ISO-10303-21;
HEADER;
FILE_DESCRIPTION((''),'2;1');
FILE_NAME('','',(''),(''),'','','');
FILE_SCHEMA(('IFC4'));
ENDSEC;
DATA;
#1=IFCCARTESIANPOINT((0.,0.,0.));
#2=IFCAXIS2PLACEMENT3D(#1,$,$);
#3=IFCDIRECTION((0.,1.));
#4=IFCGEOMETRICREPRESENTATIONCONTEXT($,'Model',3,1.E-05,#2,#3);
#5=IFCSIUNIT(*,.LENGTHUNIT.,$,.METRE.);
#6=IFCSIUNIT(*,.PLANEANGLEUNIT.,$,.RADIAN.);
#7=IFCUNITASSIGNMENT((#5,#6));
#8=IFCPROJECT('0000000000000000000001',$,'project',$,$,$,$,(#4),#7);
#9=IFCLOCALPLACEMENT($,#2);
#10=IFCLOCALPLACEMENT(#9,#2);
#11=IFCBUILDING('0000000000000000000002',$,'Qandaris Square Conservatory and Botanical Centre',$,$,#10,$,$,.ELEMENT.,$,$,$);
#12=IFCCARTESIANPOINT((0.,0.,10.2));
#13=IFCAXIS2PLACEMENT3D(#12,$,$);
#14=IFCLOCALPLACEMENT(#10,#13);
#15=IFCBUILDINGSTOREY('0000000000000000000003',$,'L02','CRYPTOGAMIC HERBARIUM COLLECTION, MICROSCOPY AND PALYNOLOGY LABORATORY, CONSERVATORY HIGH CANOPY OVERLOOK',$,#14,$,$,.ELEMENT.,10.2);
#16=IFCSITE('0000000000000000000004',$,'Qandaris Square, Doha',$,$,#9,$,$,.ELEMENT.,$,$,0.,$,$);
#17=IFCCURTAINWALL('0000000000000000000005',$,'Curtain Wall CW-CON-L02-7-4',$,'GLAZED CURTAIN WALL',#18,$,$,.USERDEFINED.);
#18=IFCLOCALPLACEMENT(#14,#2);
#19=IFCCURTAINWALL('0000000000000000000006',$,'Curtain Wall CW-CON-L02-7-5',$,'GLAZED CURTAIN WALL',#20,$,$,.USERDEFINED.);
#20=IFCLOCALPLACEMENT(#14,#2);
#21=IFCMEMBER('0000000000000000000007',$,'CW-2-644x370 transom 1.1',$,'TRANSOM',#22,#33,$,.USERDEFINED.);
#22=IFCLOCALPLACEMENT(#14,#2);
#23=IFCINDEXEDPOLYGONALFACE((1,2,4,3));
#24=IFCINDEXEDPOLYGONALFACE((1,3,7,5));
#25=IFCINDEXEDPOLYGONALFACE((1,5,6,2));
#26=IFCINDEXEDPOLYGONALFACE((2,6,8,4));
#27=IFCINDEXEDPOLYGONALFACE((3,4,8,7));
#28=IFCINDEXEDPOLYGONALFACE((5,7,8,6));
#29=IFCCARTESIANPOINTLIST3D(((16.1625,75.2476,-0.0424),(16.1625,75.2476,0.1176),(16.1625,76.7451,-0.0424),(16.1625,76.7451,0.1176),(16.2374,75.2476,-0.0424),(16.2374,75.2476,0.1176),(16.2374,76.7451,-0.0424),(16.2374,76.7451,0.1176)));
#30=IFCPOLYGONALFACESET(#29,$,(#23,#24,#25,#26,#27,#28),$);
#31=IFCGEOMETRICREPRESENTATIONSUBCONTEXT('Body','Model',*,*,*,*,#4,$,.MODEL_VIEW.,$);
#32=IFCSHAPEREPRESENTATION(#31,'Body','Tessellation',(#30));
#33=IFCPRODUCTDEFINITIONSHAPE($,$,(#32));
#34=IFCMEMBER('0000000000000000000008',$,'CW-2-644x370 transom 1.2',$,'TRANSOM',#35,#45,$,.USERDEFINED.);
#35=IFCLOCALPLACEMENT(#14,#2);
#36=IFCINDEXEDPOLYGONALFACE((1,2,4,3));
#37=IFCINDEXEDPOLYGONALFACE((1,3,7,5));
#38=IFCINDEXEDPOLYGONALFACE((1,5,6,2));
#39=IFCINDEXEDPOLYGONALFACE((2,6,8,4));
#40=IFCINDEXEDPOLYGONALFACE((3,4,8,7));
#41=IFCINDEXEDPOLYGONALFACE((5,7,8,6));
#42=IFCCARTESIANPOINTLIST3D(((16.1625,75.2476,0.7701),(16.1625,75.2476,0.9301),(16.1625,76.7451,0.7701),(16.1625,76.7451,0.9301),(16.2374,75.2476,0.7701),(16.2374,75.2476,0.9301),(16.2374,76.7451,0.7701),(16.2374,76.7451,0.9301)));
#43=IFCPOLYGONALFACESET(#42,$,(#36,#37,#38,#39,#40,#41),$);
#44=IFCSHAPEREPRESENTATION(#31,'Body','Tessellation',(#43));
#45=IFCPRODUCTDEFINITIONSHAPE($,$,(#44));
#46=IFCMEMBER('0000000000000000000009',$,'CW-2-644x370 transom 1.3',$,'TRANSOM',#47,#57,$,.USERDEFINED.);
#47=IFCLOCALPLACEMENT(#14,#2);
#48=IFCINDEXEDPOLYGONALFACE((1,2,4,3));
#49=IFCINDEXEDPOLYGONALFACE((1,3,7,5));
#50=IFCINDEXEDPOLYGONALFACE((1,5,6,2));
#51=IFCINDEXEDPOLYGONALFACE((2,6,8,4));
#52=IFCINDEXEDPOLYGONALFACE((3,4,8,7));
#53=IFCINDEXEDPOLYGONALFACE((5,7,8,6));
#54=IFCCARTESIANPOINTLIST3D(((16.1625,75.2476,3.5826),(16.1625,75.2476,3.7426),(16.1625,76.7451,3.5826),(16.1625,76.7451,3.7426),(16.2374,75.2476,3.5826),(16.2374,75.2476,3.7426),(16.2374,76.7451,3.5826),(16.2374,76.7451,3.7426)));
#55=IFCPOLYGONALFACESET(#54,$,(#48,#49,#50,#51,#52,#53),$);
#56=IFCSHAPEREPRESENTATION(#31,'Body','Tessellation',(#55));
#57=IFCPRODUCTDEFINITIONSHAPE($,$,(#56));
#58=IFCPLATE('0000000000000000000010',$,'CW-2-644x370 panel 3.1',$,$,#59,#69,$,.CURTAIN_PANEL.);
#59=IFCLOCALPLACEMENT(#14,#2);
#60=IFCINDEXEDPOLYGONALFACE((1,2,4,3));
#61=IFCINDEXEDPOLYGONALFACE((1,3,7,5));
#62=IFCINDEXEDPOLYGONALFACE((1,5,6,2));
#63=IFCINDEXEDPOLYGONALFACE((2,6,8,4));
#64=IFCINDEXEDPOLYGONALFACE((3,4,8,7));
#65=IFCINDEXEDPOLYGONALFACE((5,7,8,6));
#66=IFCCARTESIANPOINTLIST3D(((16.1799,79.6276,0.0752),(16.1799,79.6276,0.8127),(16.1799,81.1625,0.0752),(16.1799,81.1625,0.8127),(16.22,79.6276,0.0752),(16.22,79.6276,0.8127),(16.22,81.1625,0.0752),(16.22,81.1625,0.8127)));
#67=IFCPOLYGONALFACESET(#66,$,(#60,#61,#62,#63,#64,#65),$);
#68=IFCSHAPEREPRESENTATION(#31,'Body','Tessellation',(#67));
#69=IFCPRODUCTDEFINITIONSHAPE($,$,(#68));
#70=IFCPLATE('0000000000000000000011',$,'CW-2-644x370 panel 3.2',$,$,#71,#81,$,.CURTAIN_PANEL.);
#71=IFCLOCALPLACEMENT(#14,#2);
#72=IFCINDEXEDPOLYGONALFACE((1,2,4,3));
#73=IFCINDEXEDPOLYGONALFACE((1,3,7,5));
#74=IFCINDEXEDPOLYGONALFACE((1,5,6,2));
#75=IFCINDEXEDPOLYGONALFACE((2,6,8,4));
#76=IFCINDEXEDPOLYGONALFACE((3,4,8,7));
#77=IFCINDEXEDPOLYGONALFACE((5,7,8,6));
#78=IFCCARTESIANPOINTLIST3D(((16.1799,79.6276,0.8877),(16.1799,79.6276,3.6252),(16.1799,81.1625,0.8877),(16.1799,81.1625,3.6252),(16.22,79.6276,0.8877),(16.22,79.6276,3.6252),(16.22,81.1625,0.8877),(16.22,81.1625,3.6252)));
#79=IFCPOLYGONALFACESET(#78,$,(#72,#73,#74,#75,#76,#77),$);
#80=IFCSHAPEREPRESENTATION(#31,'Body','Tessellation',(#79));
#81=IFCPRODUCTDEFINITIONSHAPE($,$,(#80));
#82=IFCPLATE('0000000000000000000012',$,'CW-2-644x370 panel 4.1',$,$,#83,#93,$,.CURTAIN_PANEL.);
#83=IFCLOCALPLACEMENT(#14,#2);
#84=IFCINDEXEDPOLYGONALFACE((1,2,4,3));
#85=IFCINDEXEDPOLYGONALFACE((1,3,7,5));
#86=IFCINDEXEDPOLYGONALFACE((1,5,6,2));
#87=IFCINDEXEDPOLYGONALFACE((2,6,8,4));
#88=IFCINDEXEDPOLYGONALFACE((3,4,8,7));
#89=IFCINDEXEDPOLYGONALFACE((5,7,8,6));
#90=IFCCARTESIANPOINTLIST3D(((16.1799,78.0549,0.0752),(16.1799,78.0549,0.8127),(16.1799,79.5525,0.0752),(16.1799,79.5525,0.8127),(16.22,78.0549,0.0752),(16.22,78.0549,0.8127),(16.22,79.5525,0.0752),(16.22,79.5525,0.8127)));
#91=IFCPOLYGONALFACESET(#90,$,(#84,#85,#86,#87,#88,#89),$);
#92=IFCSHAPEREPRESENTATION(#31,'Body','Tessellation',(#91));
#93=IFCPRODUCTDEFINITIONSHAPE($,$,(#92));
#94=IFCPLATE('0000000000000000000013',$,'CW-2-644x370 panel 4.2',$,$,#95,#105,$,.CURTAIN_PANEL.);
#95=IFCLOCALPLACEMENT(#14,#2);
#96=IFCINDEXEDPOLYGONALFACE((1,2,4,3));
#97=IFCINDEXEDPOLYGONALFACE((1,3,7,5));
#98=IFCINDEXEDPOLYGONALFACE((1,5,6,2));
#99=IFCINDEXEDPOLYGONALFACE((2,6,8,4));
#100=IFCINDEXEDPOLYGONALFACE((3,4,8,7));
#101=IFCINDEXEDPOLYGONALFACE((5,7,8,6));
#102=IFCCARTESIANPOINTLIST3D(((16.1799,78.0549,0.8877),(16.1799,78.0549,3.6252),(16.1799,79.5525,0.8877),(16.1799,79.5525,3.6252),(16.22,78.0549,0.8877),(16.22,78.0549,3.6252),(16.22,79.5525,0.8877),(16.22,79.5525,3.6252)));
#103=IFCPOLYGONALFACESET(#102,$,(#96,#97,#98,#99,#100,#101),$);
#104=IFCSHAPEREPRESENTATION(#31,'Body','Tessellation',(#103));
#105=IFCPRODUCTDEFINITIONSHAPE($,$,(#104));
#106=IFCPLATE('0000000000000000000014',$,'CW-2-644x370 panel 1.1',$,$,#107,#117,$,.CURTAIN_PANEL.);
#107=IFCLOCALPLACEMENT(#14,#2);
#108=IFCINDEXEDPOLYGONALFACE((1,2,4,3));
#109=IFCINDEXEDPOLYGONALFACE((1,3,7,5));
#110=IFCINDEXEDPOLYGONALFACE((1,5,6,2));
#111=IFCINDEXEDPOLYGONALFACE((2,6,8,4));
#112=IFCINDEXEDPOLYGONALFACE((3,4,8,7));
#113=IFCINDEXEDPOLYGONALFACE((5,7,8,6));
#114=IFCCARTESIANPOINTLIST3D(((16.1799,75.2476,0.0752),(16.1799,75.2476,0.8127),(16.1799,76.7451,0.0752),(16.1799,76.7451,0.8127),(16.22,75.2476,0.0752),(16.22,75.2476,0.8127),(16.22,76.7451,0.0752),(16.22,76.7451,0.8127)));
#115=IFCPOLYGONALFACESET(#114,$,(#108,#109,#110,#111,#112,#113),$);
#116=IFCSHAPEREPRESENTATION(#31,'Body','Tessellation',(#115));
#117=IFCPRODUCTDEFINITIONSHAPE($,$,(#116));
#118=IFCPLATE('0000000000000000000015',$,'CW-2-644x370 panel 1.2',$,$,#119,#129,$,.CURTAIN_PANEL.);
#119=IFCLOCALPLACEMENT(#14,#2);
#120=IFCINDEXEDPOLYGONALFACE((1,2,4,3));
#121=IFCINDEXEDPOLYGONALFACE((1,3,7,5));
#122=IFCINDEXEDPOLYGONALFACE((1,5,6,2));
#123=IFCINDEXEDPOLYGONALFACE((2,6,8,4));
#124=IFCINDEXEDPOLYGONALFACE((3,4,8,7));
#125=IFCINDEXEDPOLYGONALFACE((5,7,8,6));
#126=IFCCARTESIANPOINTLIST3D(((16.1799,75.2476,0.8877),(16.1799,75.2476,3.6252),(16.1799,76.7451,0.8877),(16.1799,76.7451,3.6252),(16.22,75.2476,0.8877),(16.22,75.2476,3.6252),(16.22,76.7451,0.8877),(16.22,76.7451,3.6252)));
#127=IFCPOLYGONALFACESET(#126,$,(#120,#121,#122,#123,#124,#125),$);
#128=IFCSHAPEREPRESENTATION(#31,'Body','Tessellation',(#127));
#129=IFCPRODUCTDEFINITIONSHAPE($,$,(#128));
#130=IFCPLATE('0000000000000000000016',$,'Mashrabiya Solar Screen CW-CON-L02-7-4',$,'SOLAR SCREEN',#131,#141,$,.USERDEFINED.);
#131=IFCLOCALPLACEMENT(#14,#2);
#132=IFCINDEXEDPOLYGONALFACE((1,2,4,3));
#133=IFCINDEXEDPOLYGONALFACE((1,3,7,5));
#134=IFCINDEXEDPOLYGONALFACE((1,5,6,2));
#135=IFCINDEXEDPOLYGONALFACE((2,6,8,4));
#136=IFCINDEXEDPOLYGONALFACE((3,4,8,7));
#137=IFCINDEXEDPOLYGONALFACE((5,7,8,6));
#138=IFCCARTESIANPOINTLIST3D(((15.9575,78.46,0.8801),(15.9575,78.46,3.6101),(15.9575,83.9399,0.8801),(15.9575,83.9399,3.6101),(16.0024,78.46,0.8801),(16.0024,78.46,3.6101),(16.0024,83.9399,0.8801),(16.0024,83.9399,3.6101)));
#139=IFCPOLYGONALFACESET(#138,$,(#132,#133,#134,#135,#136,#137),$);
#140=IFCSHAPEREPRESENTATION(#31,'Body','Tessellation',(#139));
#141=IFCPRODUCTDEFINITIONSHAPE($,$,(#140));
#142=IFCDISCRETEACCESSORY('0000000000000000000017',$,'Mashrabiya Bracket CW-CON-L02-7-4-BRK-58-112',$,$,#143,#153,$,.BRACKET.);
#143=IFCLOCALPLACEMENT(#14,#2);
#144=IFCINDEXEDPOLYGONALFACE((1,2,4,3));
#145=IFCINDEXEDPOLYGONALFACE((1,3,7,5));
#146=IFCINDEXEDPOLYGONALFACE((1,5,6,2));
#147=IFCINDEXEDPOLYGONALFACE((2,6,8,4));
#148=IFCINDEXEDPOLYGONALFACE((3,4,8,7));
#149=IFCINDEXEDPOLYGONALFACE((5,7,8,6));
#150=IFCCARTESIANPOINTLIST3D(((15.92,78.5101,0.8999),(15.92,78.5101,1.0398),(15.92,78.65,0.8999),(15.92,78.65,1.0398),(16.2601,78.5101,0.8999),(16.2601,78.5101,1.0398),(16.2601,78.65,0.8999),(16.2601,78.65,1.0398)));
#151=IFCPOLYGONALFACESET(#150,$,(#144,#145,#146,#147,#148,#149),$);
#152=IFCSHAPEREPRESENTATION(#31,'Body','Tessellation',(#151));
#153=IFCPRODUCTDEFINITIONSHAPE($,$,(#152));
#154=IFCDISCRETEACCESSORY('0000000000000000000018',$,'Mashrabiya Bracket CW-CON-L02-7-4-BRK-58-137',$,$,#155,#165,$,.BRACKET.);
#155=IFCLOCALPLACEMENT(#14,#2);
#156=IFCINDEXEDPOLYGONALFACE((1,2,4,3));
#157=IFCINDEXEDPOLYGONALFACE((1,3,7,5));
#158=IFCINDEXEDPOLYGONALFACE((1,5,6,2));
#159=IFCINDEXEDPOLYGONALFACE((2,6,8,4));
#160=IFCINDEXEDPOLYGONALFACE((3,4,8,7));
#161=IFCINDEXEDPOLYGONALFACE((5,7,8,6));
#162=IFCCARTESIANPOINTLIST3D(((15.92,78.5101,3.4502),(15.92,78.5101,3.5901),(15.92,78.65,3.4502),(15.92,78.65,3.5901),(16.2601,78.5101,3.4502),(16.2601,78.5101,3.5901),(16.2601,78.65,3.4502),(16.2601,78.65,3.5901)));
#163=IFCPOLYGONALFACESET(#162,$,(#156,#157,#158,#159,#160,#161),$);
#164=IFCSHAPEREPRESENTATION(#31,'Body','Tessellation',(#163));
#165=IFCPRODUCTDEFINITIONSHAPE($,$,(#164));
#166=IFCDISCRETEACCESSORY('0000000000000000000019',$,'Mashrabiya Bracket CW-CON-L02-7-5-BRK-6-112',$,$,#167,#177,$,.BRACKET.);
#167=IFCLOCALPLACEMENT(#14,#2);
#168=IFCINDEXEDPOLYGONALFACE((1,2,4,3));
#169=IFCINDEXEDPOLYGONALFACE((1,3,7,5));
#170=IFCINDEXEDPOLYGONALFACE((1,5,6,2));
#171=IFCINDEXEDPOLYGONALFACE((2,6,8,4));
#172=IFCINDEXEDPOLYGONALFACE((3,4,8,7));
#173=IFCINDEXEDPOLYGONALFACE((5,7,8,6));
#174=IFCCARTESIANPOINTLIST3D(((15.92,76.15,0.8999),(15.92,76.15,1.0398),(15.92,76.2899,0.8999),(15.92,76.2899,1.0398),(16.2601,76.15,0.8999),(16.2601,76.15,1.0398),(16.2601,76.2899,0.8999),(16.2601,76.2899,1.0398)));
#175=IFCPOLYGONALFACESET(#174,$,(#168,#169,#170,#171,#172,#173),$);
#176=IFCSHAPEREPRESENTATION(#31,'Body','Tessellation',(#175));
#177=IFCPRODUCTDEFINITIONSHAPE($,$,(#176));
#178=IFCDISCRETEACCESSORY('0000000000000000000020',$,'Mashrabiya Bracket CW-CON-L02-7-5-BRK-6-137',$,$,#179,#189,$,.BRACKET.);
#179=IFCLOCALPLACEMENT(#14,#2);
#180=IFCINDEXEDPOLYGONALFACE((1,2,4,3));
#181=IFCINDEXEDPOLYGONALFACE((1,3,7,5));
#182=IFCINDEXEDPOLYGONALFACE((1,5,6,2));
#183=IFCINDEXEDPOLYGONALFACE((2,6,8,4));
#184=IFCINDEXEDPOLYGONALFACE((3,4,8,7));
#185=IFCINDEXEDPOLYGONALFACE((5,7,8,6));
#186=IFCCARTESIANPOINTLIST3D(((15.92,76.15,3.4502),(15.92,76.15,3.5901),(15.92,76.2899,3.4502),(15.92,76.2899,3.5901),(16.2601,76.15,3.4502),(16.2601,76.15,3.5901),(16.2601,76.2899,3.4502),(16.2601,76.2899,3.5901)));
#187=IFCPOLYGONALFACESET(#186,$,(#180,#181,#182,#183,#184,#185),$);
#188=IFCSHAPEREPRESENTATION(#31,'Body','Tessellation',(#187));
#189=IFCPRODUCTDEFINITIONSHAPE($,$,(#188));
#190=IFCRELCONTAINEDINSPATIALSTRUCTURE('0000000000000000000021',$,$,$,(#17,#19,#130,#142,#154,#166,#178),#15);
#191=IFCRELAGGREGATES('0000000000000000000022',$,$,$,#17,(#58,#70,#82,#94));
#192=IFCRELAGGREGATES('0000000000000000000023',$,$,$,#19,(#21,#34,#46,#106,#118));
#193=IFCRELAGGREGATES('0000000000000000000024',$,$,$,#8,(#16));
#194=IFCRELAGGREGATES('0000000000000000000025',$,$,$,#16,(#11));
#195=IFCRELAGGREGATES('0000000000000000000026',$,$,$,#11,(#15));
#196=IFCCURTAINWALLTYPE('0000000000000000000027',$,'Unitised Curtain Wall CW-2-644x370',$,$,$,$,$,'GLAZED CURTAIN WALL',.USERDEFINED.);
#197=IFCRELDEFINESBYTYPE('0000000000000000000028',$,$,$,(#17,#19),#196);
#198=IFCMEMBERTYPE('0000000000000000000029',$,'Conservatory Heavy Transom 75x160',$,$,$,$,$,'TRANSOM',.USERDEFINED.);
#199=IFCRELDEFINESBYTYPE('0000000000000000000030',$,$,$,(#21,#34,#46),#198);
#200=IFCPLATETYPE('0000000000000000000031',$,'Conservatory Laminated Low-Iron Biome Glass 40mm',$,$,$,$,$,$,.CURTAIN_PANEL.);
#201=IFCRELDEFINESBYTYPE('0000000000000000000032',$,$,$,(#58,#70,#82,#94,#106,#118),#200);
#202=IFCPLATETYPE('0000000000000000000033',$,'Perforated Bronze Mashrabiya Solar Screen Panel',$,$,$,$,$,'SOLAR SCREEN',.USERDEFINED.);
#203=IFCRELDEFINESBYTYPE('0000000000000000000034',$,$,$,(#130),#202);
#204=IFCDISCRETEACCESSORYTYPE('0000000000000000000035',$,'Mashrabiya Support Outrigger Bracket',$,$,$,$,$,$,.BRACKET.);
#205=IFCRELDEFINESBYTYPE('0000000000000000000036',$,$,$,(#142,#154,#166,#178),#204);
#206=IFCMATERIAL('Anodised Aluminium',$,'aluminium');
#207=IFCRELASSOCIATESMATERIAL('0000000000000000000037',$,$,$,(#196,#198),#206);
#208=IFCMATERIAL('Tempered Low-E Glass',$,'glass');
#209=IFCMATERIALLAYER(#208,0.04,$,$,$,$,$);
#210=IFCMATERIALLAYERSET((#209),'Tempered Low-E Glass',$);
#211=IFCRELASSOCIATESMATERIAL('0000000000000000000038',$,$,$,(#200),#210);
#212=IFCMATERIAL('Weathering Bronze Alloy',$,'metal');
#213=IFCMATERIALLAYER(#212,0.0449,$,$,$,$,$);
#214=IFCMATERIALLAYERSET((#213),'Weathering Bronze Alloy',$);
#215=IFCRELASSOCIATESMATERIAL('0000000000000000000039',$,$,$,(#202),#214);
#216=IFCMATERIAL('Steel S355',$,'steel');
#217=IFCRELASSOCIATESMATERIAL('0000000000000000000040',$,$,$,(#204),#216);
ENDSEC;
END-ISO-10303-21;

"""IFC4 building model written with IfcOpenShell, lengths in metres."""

from ifc_helpers import new_model, si_unit, direction, frame, origin, origin_2d, place, context, subcontext, project, spatial, rectangle, extrude, material, layer, layer_set, material_profile, profile_set, type_object, element, aggregate, save


model = new_model("IFC4")

# Units and contexts
model_context = context("Model", 3, precision=1e-05, world=origin(), true_north=direction((0.0, 1.0)))
body_context = subcontext(model_context, "Body", "Model", "MODEL_VIEW")
ifc_project = project(units=[si_unit("LENGTHUNIT", "METRE"), si_unit("PLANEANGLEUNIT", "RADIAN")], contexts=[model_context])

# Site, building, storey
site_placement = place(None, origin())
site = spatial("IfcSite", under=ifc_project, at=site_placement, Name="Qandaris Square, Doha", CompositionType="ELEMENT", RefElevation=0.0)
building_placement = place(site_placement, origin())
building = spatial("IfcBuilding", under=site, at=building_placement, Name="Qandaris Square Conservatory and Botanical Centre", CompositionType="ELEMENT")
storey_placement = place(building_placement, frame((0.0, 0.0, 10.2)))
storey = spatial("IfcBuildingStorey", under=building, at=storey_placement, Name="L02", Description="CRYPTOGAMIC HERBARIUM COLLECTION, MICROSCOPY AND PALYNOLOGY LABORATORY, CONSERVATORY HIGH CANOPY OVERLOOK", CompositionType="ELEMENT", Elevation=10.2)

# Curtain walls
ifc_material_1 = material(Name="Anodised Aluminium", Category="aluminium")
curtain_wall_type = type_object("IfcCurtainWallType", Name="Unitised Curtain Wall CW-2-644x370", ElementType="GLAZED CURTAIN WALL", PredefinedType="USERDEFINED", material=ifc_material_1)
curtain_wall_1_placement = place(storey_placement, origin())
curtain_wall_1 = element("IfcCurtainWall", 1, at=curtain_wall_1_placement, inside=storey, type_object=curtain_wall_type, Name="Curtain Wall CW-CON-L02-7-4", ObjectType="GLAZED CURTAIN WALL", PredefinedType="USERDEFINED")
curtain_wall_2_placement = place(storey_placement, origin())
curtain_wall_2 = element("IfcCurtainWall", 2, at=curtain_wall_2_placement, inside=storey, type_object=curtain_wall_type, Name="Curtain Wall CW-CON-L02-7-5", ObjectType="GLAZED CURTAIN WALL", PredefinedType="USERDEFINED")

# Members
ifc_material_profile_1 = material_profile(ifc_material_1, rectangle(XDim=0.075, YDim=0.1599, at=origin_2d()), Name="ALU-TRN 75x160")
ifc_profile_set_1 = profile_set([ifc_material_profile_1], Name="Anodised Aluminium")
member_type_1 = type_object("IfcMemberType", Name="Conservatory Heavy Transom 75x160", ElementType="TRANSOM", PredefinedType="USERDEFINED", material=ifc_profile_set_1)
member_1_placement = place(storey_placement, frame((16.2, 76.7451, 0.0376), z_axis=(0.0, -1.0, 0.0), x_axis=(1.0, 0.0, 0.0)))
member_1 = element("IfcMember", 3, at=member_1_placement, type_object=member_type_1, Name="CW-2-644x370 transom 1.1", ObjectType="TRANSOM", PredefinedType="USERDEFINED", context=body_context, shape_type="SweptSolid", body=[
    extrude(rectangle(XDim=0.075, YDim=0.1599, at=origin_2d()), origin(), (0.0, 0.0, 1.0), 1.4976),
])
member_2_placement = place(storey_placement, frame((16.2, 76.7451, 0.8501), z_axis=(0.0, -1.0, 0.0), x_axis=(1.0, 0.0, 0.0)))
member_2 = element("IfcMember", 4, at=member_2_placement, type_object=member_type_1, Name="CW-2-644x370 transom 1.2", ObjectType="TRANSOM", PredefinedType="USERDEFINED", context=body_context, shape_type="SweptSolid", body=[
    extrude(rectangle(XDim=0.075, YDim=0.1599, at=origin_2d()), origin(), (0.0, 0.0, 1.0), 1.4976),
])
member_3_placement = place(storey_placement, frame((16.2, 76.7451, 3.6626), z_axis=(0.0, -1.0, 0.0), x_axis=(1.0, 0.0, 0.0)))
member_3 = element("IfcMember", 5, at=member_3_placement, type_object=member_type_1, Name="CW-2-644x370 transom 1.3", ObjectType="TRANSOM", PredefinedType="USERDEFINED", context=body_context, shape_type="SweptSolid", body=[
    extrude(rectangle(XDim=0.075, YDim=0.1599, at=origin_2d()), origin(), (0.0, 0.0, 1.0), 1.4976),
])

# Plates
ifc_material_2 = material(Name="Tempered Low-E Glass", Category="glass")
ifc_layer_1 = layer(ifc_material_2, 0.04)
ifc_layer_set_1 = layer_set([ifc_layer_1], Name="Tempered Low-E Glass")
plate_type_1 = type_object("IfcPlateType", Name="Conservatory Laminated Low-Iron Biome Glass 40mm", PredefinedType="CURTAIN_PANEL", material=ifc_layer_set_1)
plate_1_placement = place(storey_placement, frame((16.2, 80.395, 0.0752), z_axis=(0.0, 0.0, 1.0), x_axis=(0.0, -1.0, 0.0)))
plate_1 = element("IfcPlate", 6, at=plate_1_placement, type_object=plate_type_1, Name="CW-2-644x370 panel 3.1", PredefinedType="CURTAIN_PANEL", context=body_context, shape_type="SweptSolid", body=[
    extrude(rectangle(XDim=1.5349, YDim=0.04, at=origin_2d()), origin(), (0.0, 0.0, 1.0), 0.7375),
])
plate_2_placement = place(storey_placement, frame((16.2, 80.395, 0.8877), z_axis=(0.0, 0.0, 1.0), x_axis=(0.0, -1.0, 0.0)))
plate_2 = element("IfcPlate", 7, at=plate_2_placement, type_object=plate_type_1, Name="CW-2-644x370 panel 3.2", PredefinedType="CURTAIN_PANEL", context=body_context, shape_type="SweptSolid", body=[
    extrude(rectangle(XDim=1.5349, YDim=0.04, at=origin_2d()), origin(), (0.0, 0.0, 1.0), 2.7375),
])
plate_3_placement = place(storey_placement, frame((16.2, 78.8037, 0.0752), z_axis=(0.0, 0.0, 1.0), x_axis=(0.0, -1.0, 0.0)))
plate_3 = element("IfcPlate", 8, at=plate_3_placement, type_object=plate_type_1, Name="CW-2-644x370 panel 4.1", PredefinedType="CURTAIN_PANEL", context=body_context, shape_type="SweptSolid", body=[
    extrude(rectangle(XDim=1.4976, YDim=0.04, at=origin_2d()), origin(), (0.0, 0.0, 1.0), 0.7375),
])
plate_4_placement = place(storey_placement, frame((16.2, 78.8037, 0.8877), z_axis=(0.0, 0.0, 1.0), x_axis=(0.0, -1.0, 0.0)))
plate_4 = element("IfcPlate", 9, at=plate_4_placement, type_object=plate_type_1, Name="CW-2-644x370 panel 4.2", PredefinedType="CURTAIN_PANEL", context=body_context, shape_type="SweptSolid", body=[
    extrude(rectangle(XDim=1.4976, YDim=0.04, at=origin_2d()), origin(), (0.0, 0.0, 1.0), 2.7375),
])
aggregate(curtain_wall_1, [plate_1, plate_2, plate_3, plate_4])
plate_5_placement = place(storey_placement, frame((16.2, 75.9963, 0.0752), z_axis=(0.0, 0.0, 1.0), x_axis=(0.0, -1.0, 0.0)))
plate_5 = element("IfcPlate", 10, at=plate_5_placement, type_object=plate_type_1, Name="CW-2-644x370 panel 1.1", PredefinedType="CURTAIN_PANEL", context=body_context, shape_type="SweptSolid", body=[
    extrude(rectangle(XDim=1.4976, YDim=0.04, at=origin_2d()), origin(), (0.0, 0.0, 1.0), 0.7375),
])
plate_6_placement = place(storey_placement, frame((16.2, 75.9963, 0.8877), z_axis=(0.0, 0.0, 1.0), x_axis=(0.0, -1.0, 0.0)))
plate_6 = element("IfcPlate", 11, at=plate_6_placement, type_object=plate_type_1, Name="CW-2-644x370 panel 1.2", PredefinedType="CURTAIN_PANEL", context=body_context, shape_type="SweptSolid", body=[
    extrude(rectangle(XDim=1.4976, YDim=0.04, at=origin_2d()), origin(), (0.0, 0.0, 1.0), 2.7375),
])
aggregate(curtain_wall_2, [member_1, member_2, member_3, plate_5, plate_6])
ifc_material_3 = material(Name="Weathering Bronze Alloy", Category="metal")
ifc_layer_2 = layer(ifc_material_3, 0.0449)
ifc_layer_set_2 = layer_set([ifc_layer_2], Name="Weathering Bronze Alloy")
plate_type_2 = type_object("IfcPlateType", Name="Perforated Bronze Mashrabiya Solar Screen Panel", ElementType="SOLAR SCREEN", PredefinedType="USERDEFINED", material=ifc_layer_set_2)
plate_7_placement = place(storey_placement, frame((15.98, 81.2, 0.8801), z_axis=(0.0, 0.0, 1.0), x_axis=(0.0, -1.0, 0.0)))
element("IfcPlate", 12, at=plate_7_placement, inside=storey, type_object=plate_type_2, Name="Mashrabiya Solar Screen CW-CON-L02-7-4", ObjectType="SOLAR SCREEN", PredefinedType="USERDEFINED", context=body_context, shape_type="SweptSolid", body=[
    extrude(rectangle(XDim=5.48, YDim=0.0449, at=origin_2d()), origin(), (0.0, 0.0, 1.0), 2.73),
])

# Discrete accessories
ifc_material_4 = material(Name="Steel S355", Category="steel")
discrete_accessory_type = type_object("IfcDiscreteAccessoryType", Name="Mashrabiya Support Outrigger Bracket", PredefinedType="BRACKET", material=ifc_material_4)
for number, where, z_axis, x_axis, name in (
    (13, (16.0901, 78.5801, 0.8999), (0.0, 0.0, 1.0), (0.0, -1.0, 0.0), "Mashrabiya Bracket CW-CON-L02-7-4-BRK-58-112"),
    (14, (16.0901, 78.5801, 3.4502), (0.0, 0.0, 1.0), (0.0, -1.0, 0.0), "Mashrabiya Bracket CW-CON-L02-7-4-BRK-58-137"),
    (15, (16.0901, 76.22, 0.8999), (0.0, 0.0, 1.0), (0.0, -1.0, 0.0), "Mashrabiya Bracket CW-CON-L02-7-5-BRK-6-112"),
    (16, (16.0901, 76.22, 3.4502), (0.0, 0.0, 1.0), (0.0, -1.0, 0.0), "Mashrabiya Bracket CW-CON-L02-7-5-BRK-6-137"),
):
    element("IfcDiscreteAccessory", number, at=place(storey_placement, frame(where, z_axis=z_axis, x_axis=x_axis)), inside=storey, type_object=discrete_accessory_type, Name=name, PredefinedType="BRACKET", context=body_context, shape_type="SweptSolid", body=[
        extrude(rectangle(XDim=0.1399, YDim=0.3401, at=origin_2d()), origin(), (0.0, 0.0, 1.0), 0.1399),
    ])

save(model, "model.ifc")
